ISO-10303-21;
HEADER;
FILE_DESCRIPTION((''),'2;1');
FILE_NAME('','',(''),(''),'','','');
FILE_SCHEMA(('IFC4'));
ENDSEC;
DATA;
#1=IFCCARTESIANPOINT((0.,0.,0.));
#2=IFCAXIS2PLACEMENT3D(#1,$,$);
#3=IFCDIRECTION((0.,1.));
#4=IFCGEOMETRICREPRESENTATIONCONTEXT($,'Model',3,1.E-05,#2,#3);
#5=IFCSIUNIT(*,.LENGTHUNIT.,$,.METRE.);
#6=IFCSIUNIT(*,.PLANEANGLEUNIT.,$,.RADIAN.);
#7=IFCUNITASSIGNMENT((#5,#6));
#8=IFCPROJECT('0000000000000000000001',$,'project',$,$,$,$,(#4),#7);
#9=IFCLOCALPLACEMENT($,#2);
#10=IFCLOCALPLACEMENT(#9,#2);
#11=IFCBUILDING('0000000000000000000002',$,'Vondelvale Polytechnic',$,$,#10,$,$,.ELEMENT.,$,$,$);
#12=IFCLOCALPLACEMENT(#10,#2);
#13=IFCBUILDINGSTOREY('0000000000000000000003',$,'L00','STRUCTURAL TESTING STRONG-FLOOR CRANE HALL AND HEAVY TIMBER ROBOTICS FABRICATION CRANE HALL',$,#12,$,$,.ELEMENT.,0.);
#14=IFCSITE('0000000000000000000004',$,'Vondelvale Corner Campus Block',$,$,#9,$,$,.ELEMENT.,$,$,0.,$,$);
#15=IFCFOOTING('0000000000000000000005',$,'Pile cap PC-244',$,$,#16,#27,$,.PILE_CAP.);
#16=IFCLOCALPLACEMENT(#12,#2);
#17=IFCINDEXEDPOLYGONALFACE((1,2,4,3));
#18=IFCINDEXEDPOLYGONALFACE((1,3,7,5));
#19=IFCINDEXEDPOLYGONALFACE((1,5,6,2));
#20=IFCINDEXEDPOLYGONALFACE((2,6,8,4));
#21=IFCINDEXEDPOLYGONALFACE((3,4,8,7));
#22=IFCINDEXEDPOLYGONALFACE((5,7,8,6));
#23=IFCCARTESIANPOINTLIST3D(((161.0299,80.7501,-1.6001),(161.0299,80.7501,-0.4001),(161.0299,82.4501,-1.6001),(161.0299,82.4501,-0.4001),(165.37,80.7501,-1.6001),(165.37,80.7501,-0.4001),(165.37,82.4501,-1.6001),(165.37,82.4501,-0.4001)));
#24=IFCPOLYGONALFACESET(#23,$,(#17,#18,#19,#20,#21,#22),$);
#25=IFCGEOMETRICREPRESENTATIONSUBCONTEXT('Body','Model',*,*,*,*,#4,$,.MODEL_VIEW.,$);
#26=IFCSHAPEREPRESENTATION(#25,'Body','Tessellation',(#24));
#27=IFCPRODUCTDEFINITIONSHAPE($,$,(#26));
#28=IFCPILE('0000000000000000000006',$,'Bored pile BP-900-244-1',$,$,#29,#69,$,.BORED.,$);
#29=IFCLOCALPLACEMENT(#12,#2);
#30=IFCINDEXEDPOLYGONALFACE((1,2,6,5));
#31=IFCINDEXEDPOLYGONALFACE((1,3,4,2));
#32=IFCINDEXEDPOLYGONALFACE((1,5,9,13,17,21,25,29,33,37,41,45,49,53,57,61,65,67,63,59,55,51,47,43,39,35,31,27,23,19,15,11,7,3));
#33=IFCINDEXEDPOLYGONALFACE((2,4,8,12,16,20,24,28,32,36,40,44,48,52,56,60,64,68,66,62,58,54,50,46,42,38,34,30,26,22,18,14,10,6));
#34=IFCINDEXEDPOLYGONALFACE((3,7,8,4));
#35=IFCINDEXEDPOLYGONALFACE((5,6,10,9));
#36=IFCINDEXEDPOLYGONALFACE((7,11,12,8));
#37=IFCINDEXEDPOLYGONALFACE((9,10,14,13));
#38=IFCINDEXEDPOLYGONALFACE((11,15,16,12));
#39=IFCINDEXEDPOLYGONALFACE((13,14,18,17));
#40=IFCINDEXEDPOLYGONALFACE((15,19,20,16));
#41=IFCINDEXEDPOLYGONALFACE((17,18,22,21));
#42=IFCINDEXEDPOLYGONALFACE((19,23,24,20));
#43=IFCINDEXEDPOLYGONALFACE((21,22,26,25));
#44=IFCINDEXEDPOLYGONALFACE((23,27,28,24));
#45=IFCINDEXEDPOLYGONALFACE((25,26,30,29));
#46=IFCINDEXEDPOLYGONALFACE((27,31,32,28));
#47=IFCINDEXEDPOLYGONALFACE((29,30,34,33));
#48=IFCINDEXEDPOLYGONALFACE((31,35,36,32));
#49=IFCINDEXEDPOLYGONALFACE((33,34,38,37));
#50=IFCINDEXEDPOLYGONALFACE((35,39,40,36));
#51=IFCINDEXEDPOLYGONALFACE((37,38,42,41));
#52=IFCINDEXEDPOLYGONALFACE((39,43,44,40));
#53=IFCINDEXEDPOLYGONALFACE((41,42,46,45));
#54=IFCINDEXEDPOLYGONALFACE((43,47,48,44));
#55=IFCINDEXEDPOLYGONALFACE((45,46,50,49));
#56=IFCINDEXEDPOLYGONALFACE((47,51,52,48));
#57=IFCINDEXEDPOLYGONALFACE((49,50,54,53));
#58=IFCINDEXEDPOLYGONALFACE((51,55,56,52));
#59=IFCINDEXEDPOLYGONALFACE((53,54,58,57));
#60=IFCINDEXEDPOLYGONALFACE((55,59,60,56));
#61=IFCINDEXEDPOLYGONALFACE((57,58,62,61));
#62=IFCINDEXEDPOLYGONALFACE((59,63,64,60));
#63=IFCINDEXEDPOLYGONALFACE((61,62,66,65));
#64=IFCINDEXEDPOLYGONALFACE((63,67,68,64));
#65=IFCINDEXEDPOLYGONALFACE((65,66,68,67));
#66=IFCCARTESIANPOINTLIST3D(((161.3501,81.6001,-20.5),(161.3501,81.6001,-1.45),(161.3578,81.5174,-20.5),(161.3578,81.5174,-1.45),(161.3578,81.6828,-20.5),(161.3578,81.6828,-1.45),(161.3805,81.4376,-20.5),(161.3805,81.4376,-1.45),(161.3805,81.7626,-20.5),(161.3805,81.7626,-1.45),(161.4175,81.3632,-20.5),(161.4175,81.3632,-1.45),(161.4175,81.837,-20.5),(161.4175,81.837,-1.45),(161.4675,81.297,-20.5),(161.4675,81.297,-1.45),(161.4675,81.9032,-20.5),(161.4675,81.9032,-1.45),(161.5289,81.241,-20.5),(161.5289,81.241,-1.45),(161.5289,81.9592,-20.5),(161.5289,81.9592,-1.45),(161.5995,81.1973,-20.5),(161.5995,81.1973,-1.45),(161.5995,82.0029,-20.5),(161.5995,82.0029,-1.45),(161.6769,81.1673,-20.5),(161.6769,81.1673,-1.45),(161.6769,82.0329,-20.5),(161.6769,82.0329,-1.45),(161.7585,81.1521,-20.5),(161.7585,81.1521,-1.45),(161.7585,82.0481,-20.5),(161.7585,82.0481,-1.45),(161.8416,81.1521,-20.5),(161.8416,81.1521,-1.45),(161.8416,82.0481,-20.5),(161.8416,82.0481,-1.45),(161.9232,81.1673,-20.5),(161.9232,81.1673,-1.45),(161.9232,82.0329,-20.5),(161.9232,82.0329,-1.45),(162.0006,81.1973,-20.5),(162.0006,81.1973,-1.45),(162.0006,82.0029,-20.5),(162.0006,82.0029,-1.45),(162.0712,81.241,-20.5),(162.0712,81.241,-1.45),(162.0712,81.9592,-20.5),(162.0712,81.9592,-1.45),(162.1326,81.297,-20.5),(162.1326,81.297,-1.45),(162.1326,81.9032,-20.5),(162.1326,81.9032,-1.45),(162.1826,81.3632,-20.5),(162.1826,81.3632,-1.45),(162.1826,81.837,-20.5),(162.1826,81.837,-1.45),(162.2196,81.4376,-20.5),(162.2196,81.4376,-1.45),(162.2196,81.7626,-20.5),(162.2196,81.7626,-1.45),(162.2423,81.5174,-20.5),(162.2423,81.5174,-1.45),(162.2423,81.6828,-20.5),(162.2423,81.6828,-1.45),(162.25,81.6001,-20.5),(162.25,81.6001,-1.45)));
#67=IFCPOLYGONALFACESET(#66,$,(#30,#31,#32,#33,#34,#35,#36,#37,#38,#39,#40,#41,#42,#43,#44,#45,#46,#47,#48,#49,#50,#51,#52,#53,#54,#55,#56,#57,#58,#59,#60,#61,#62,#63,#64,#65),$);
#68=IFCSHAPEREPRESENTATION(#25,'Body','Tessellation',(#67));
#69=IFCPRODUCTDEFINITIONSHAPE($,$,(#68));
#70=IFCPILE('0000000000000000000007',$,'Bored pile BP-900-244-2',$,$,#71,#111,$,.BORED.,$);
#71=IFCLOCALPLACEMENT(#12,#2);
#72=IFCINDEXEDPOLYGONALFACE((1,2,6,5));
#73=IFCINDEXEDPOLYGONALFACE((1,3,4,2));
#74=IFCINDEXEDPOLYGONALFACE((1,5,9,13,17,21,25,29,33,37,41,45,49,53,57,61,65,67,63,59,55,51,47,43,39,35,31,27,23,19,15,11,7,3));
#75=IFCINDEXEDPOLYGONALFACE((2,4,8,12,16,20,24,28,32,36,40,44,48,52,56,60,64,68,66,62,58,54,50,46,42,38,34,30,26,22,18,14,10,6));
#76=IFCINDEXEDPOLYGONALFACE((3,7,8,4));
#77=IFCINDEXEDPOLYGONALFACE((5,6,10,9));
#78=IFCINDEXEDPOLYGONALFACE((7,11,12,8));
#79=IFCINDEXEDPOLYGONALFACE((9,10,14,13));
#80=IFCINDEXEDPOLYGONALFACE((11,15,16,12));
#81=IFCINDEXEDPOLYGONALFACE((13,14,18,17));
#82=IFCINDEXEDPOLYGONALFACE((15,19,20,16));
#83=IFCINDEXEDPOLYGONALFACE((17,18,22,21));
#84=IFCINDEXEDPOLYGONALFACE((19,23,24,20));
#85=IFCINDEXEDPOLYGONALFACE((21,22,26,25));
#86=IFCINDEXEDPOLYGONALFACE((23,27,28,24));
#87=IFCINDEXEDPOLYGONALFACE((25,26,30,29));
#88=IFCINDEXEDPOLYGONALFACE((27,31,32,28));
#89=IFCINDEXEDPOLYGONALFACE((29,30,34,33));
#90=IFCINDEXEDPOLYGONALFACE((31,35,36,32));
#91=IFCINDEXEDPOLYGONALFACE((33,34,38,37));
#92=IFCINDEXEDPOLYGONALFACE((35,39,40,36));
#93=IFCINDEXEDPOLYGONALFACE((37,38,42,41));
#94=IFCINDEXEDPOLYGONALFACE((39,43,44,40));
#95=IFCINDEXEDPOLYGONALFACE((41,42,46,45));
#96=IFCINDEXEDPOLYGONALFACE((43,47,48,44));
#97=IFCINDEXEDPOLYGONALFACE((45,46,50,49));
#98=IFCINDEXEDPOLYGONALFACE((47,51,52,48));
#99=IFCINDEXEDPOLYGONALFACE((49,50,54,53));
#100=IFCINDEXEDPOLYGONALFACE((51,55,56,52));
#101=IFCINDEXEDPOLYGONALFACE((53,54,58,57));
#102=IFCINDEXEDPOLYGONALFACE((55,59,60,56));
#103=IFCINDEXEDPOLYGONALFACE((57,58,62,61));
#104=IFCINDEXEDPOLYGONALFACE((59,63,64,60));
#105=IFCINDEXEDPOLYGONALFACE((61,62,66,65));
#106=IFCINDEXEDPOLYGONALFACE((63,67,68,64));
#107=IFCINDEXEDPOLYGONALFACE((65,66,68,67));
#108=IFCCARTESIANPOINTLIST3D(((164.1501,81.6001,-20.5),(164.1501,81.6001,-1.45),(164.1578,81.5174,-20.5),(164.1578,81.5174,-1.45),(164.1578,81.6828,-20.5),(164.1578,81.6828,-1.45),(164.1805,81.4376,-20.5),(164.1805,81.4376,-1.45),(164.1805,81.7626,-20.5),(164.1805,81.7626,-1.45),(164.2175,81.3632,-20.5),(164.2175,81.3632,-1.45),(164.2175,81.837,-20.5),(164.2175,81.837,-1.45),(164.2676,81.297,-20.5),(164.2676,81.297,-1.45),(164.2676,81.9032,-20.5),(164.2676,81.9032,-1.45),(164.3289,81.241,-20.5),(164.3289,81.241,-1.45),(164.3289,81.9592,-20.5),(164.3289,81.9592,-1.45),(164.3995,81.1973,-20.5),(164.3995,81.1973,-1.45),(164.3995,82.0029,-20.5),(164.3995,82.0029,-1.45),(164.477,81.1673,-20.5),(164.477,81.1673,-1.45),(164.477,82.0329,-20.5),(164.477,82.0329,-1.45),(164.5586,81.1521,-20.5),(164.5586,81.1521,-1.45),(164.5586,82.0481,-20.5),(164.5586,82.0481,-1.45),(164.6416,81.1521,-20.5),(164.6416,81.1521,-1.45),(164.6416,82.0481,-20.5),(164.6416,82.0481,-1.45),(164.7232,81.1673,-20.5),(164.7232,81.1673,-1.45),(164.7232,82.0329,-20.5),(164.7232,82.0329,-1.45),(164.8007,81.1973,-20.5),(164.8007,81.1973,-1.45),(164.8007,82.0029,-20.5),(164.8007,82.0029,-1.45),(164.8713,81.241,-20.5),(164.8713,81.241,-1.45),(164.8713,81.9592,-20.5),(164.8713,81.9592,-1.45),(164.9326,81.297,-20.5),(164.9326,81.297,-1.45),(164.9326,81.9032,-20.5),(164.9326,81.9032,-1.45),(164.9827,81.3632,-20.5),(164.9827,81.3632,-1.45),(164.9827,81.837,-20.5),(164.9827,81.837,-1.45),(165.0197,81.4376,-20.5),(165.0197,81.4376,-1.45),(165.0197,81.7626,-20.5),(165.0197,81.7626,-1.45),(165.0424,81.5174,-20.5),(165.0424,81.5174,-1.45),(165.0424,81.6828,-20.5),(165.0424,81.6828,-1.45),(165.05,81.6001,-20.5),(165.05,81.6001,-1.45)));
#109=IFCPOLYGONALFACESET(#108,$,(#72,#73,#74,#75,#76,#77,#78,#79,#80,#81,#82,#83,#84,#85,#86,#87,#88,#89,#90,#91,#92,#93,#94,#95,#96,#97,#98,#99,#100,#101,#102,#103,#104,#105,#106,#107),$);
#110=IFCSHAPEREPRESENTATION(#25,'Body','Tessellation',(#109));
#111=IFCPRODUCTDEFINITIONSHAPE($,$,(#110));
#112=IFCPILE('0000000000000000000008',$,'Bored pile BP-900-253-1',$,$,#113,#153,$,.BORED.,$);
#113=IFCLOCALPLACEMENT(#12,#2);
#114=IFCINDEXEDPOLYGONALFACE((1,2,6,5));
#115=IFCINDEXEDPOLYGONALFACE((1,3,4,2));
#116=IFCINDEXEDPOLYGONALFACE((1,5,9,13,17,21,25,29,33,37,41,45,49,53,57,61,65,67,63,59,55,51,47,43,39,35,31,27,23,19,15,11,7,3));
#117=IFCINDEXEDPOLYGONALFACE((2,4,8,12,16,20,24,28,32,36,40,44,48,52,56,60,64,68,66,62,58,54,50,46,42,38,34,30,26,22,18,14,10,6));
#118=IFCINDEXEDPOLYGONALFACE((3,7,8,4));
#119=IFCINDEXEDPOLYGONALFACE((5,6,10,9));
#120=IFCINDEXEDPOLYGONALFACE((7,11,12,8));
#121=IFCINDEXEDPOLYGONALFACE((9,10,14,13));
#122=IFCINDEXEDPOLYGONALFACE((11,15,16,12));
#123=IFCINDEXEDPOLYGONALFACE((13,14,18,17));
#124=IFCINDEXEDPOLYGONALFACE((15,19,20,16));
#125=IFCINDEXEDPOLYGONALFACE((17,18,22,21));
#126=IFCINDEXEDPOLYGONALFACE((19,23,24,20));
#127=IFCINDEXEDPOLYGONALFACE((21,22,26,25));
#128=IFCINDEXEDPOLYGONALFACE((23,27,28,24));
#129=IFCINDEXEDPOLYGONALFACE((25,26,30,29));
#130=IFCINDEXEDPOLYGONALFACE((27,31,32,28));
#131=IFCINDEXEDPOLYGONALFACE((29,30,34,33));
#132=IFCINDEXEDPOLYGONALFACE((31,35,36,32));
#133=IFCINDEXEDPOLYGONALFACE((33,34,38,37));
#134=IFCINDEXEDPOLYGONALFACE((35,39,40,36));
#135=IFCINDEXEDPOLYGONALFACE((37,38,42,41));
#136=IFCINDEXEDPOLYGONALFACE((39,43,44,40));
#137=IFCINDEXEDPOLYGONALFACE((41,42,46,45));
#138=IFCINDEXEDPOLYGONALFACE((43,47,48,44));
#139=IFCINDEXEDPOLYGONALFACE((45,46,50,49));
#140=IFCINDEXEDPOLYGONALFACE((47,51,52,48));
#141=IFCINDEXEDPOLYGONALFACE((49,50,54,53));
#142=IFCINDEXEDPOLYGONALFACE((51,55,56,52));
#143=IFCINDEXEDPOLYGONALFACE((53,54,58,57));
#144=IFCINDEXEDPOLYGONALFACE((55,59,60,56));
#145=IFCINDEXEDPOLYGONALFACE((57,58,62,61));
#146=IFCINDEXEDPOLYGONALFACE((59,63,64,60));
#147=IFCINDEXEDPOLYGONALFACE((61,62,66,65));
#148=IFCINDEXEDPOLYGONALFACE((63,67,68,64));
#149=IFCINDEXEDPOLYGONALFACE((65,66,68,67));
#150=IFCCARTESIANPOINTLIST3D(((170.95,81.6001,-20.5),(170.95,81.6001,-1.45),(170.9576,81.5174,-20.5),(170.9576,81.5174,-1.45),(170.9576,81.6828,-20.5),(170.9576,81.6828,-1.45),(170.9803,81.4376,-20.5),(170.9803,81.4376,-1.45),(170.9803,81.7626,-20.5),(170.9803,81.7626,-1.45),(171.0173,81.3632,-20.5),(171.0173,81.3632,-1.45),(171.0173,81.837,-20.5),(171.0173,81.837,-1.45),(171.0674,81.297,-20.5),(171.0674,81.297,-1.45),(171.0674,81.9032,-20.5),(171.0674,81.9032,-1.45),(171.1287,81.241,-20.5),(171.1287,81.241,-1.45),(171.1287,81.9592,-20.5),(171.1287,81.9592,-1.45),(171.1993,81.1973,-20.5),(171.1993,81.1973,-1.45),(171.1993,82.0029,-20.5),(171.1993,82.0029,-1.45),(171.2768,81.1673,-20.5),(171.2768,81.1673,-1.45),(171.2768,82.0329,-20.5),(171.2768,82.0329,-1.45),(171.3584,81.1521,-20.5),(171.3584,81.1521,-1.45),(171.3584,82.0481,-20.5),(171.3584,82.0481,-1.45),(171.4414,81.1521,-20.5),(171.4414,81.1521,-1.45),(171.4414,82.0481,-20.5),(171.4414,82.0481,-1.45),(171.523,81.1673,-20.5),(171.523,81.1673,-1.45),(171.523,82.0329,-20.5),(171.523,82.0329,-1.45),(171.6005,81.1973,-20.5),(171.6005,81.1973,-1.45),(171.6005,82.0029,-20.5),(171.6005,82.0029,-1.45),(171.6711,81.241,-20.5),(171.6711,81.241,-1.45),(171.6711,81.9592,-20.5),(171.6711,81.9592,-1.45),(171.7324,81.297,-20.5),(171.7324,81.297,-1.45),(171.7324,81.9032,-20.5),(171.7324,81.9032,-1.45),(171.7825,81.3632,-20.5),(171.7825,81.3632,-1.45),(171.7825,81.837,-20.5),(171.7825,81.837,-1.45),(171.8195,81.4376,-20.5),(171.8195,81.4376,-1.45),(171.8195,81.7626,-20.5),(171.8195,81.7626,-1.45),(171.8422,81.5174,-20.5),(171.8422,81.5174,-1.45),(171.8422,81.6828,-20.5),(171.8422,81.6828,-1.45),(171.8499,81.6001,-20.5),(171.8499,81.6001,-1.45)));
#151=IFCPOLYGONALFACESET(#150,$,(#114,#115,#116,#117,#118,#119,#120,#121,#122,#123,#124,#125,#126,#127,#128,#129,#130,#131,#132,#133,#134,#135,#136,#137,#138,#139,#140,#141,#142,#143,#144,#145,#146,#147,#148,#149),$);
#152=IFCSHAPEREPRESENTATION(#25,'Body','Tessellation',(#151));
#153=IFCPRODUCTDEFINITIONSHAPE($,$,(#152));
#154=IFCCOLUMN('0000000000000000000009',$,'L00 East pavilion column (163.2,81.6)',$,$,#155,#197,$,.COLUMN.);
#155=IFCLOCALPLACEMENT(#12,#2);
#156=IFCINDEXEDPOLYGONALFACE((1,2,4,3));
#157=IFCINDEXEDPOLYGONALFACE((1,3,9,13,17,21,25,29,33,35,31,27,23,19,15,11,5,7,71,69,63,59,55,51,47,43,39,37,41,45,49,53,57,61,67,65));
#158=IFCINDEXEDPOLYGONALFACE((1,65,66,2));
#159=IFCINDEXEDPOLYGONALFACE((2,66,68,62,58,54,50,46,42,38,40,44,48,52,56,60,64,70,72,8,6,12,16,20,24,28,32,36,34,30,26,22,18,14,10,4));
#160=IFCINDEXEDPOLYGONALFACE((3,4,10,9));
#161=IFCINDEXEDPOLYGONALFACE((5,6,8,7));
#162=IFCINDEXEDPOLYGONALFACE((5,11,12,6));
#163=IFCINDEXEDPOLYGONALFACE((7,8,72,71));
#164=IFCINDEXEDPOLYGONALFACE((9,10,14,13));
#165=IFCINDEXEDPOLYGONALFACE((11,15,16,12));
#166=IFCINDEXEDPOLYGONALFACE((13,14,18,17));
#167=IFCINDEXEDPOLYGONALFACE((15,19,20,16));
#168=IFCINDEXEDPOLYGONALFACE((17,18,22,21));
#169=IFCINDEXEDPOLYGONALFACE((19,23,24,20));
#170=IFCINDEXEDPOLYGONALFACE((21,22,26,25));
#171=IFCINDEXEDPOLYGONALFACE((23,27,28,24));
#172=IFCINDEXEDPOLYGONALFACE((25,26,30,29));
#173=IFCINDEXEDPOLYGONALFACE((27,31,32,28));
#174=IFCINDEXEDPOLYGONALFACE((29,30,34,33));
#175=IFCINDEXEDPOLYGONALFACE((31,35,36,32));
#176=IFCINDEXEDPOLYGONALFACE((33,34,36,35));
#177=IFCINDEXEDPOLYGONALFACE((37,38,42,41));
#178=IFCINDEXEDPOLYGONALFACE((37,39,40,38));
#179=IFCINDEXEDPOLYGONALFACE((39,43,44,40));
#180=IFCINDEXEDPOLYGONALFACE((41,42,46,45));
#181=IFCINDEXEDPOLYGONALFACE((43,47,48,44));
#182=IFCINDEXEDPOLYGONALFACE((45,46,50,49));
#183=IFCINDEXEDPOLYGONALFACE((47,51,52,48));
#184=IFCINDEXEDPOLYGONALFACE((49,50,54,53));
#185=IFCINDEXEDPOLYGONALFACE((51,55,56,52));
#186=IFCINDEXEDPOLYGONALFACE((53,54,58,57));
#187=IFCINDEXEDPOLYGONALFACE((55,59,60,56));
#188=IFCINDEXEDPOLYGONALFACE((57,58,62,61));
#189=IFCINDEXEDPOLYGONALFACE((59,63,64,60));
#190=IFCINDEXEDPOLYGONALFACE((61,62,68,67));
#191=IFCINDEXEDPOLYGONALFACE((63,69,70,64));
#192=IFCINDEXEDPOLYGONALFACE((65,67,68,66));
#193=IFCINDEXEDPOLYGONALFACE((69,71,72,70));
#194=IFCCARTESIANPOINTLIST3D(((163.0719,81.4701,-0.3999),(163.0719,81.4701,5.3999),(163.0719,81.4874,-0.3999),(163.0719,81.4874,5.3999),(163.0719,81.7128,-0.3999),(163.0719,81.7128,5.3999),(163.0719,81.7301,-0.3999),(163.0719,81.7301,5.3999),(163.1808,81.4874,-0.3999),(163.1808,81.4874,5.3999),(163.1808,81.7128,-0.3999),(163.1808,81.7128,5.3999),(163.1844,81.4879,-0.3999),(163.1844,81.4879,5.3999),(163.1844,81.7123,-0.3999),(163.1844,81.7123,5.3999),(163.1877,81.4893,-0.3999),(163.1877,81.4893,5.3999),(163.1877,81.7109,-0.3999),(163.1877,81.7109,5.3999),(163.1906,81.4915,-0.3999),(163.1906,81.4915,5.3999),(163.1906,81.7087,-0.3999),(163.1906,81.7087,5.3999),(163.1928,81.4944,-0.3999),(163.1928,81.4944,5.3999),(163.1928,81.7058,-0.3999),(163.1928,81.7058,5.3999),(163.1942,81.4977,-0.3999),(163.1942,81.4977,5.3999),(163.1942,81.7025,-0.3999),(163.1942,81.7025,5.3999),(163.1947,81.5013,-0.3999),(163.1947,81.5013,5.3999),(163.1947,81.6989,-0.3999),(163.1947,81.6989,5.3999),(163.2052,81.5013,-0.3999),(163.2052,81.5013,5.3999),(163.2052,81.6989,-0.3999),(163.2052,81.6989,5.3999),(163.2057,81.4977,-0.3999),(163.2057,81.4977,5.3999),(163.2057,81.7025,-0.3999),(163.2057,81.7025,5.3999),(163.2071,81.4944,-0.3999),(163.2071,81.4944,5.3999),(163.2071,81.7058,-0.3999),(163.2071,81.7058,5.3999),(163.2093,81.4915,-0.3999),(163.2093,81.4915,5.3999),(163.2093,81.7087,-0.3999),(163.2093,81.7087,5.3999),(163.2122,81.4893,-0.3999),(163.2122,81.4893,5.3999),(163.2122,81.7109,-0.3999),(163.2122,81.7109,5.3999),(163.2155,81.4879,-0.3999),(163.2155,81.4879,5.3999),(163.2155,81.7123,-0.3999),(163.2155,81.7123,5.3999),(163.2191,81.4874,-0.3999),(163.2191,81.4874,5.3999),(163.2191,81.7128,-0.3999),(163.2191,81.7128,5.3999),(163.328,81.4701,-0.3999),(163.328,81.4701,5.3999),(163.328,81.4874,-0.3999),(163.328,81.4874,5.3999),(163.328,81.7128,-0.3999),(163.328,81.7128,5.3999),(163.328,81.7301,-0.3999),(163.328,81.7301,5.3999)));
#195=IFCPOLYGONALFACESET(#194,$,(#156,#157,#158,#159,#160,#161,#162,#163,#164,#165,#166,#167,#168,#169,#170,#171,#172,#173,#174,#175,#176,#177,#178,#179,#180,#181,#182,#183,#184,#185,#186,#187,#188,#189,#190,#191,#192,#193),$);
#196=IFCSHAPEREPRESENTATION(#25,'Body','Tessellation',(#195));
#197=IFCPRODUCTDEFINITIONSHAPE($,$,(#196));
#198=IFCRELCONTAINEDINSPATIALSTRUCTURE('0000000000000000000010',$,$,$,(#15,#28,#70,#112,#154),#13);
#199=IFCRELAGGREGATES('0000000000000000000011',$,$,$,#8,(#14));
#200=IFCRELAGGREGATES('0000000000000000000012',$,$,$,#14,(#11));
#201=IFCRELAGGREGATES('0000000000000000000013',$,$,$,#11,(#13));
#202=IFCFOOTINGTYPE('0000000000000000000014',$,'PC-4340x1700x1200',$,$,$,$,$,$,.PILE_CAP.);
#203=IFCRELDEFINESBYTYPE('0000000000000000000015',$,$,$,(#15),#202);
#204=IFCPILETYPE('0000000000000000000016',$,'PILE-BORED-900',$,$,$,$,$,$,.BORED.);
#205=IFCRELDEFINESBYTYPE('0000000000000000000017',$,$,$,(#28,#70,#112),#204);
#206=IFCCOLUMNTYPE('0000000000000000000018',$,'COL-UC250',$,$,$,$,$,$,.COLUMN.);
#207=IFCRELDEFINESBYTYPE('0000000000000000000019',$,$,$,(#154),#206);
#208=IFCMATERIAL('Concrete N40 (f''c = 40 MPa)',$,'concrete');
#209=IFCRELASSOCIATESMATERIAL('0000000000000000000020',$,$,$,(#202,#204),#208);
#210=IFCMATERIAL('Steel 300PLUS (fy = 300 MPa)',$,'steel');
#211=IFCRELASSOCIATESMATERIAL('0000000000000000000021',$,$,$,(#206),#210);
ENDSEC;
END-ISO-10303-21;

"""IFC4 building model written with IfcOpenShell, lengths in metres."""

from ifc_helpers import new_model, si_unit, direction, frame, origin, origin_2d, place, context, subcontext, project, spatial, rectangle, circle, i_section, extrude, material, material_profile, profile_set, type_object, element, save


model = new_model("IFC4")

# Units and contexts
model_context = context("Model", 3, precision=1e-05, world=origin(), true_north=direction((0.0, 1.0)))
body_context = subcontext(model_context, "Body", "Model", "MODEL_VIEW")
ifc_project = project(units=[si_unit("LENGTHUNIT", "METRE"), si_unit("PLANEANGLEUNIT", "RADIAN")], contexts=[model_context])

# Site, building, storey
site_placement = place(None, origin())
site = spatial("IfcSite", under=ifc_project, at=site_placement, Name="Vondelvale Corner Campus Block", CompositionType="ELEMENT", RefElevation=0.0)
building_placement = place(site_placement, origin())
building = spatial("IfcBuilding", under=site, at=building_placement, Name="Vondelvale Polytechnic", CompositionType="ELEMENT")
storey_placement = place(building_placement, origin())
storey = spatial("IfcBuildingStorey", under=building, at=storey_placement, Name="L00", Description="STRUCTURAL TESTING STRONG-FLOOR CRANE HALL AND HEAVY TIMBER ROBOTICS FABRICATION CRANE HALL", CompositionType="ELEMENT", Elevation=0.0)

# Footing
ifc_material_1 = material(Name="Concrete N40 (f'c = 40 MPa)", Category="concrete")
footing_type = type_object("IfcFootingType", Name="PC-4340x1700x1200", PredefinedType="PILE_CAP", material=ifc_material_1)
footing_placement = place(storey_placement, frame((163.2, 81.6001, -1.6001), z_axis=(0.0, 0.0, 1.0), x_axis=(1.0, 0.0, 0.0)))
element("IfcFooting", 1, at=footing_placement, inside=storey, type_object=footing_type, Name="Pile cap PC-244", PredefinedType="PILE_CAP", context=body_context, shape_type="SweptSolid", body=[
    extrude(rectangle(XDim=4.3401, YDim=1.7, at=origin_2d()), origin(), (0.0, 0.0, 1.0), 1.2),
])

# Piles
ifc_material_profile_1 = material_profile(ifc_material_1, circle(Radius=0.45, at=origin_2d()), Name="PILE-D900")
ifc_profile_set_1 = profile_set([ifc_material_profile_1], Name="Concrete N40 (f'c = 40 MPa)")
pile_type = type_object("IfcPileType", Name="PILE-BORED-900", PredefinedType="BORED", material=ifc_profile_set_1)
for number, where, z_axis, x_axis, name in (
    (2, (161.8, 81.6001, -1.45), (0.0, 0.0, -1.0), (1.0, 0.0, 0.0), "Bored pile BP-900-244-1"),
    (3, (164.6001, 81.6001, -1.45), (0.0, 0.0, -1.0), (1.0, 0.0, 0.0), "Bored pile BP-900-244-2"),
    (4, (171.3999, 81.6001, -1.45), (0.0, 0.0, -1.0), (1.0, 0.0, 0.0), "Bored pile BP-900-253-1"),
):
    element("IfcPile", number, at=place(storey_placement, frame(where, z_axis=z_axis, x_axis=x_axis)), inside=storey, type_object=pile_type, Name=name, PredefinedType="BORED", context=body_context, shape_type="SweptSolid", body=[
        extrude(circle(Radius=0.45, at=origin_2d()), origin(), (0.0, 0.0, 1.0), 19.05),
    ])

# Column
ifc_material_2 = material(Name="Steel 300PLUS (fy = 300 MPa)", Category="steel")
ifc_material_profile_2 = material_profile(ifc_material_2, i_section(OverallWidth=0.2561, OverallDepth=0.26, WebThickness=0.0105, FlangeThickness=0.0173, FilletRadius=0.0139, at=origin_2d()), Name="250UC89.5")
ifc_profile_set_2 = profile_set([ifc_material_profile_2], Name="Steel 300PLUS (fy = 300 MPa)")
column_type = type_object("IfcColumnType", Name="COL-UC250", PredefinedType="COLUMN", material=ifc_profile_set_2)
column_placement = place(storey_placement, frame((163.2, 81.6001, -0.3999), z_axis=(0.0, 0.0, 1.0), x_axis=(1.0, 0.0, 0.0)))
element("IfcColumn", 5, at=column_placement, inside=storey, type_object=column_type, Name="L00 East pavilion column (163.2,81.6)", PredefinedType="COLUMN", context=body_context, shape_type="SweptSolid", body=[
    extrude(i_section(OverallWidth=0.2561, OverallDepth=0.26, WebThickness=0.0105, FlangeThickness=0.0173, FilletRadius=0.0139, at=origin_2d()), origin(), (0.0, 0.0, 1.0), 5.7998),
])

save(model, "model.ifc")
